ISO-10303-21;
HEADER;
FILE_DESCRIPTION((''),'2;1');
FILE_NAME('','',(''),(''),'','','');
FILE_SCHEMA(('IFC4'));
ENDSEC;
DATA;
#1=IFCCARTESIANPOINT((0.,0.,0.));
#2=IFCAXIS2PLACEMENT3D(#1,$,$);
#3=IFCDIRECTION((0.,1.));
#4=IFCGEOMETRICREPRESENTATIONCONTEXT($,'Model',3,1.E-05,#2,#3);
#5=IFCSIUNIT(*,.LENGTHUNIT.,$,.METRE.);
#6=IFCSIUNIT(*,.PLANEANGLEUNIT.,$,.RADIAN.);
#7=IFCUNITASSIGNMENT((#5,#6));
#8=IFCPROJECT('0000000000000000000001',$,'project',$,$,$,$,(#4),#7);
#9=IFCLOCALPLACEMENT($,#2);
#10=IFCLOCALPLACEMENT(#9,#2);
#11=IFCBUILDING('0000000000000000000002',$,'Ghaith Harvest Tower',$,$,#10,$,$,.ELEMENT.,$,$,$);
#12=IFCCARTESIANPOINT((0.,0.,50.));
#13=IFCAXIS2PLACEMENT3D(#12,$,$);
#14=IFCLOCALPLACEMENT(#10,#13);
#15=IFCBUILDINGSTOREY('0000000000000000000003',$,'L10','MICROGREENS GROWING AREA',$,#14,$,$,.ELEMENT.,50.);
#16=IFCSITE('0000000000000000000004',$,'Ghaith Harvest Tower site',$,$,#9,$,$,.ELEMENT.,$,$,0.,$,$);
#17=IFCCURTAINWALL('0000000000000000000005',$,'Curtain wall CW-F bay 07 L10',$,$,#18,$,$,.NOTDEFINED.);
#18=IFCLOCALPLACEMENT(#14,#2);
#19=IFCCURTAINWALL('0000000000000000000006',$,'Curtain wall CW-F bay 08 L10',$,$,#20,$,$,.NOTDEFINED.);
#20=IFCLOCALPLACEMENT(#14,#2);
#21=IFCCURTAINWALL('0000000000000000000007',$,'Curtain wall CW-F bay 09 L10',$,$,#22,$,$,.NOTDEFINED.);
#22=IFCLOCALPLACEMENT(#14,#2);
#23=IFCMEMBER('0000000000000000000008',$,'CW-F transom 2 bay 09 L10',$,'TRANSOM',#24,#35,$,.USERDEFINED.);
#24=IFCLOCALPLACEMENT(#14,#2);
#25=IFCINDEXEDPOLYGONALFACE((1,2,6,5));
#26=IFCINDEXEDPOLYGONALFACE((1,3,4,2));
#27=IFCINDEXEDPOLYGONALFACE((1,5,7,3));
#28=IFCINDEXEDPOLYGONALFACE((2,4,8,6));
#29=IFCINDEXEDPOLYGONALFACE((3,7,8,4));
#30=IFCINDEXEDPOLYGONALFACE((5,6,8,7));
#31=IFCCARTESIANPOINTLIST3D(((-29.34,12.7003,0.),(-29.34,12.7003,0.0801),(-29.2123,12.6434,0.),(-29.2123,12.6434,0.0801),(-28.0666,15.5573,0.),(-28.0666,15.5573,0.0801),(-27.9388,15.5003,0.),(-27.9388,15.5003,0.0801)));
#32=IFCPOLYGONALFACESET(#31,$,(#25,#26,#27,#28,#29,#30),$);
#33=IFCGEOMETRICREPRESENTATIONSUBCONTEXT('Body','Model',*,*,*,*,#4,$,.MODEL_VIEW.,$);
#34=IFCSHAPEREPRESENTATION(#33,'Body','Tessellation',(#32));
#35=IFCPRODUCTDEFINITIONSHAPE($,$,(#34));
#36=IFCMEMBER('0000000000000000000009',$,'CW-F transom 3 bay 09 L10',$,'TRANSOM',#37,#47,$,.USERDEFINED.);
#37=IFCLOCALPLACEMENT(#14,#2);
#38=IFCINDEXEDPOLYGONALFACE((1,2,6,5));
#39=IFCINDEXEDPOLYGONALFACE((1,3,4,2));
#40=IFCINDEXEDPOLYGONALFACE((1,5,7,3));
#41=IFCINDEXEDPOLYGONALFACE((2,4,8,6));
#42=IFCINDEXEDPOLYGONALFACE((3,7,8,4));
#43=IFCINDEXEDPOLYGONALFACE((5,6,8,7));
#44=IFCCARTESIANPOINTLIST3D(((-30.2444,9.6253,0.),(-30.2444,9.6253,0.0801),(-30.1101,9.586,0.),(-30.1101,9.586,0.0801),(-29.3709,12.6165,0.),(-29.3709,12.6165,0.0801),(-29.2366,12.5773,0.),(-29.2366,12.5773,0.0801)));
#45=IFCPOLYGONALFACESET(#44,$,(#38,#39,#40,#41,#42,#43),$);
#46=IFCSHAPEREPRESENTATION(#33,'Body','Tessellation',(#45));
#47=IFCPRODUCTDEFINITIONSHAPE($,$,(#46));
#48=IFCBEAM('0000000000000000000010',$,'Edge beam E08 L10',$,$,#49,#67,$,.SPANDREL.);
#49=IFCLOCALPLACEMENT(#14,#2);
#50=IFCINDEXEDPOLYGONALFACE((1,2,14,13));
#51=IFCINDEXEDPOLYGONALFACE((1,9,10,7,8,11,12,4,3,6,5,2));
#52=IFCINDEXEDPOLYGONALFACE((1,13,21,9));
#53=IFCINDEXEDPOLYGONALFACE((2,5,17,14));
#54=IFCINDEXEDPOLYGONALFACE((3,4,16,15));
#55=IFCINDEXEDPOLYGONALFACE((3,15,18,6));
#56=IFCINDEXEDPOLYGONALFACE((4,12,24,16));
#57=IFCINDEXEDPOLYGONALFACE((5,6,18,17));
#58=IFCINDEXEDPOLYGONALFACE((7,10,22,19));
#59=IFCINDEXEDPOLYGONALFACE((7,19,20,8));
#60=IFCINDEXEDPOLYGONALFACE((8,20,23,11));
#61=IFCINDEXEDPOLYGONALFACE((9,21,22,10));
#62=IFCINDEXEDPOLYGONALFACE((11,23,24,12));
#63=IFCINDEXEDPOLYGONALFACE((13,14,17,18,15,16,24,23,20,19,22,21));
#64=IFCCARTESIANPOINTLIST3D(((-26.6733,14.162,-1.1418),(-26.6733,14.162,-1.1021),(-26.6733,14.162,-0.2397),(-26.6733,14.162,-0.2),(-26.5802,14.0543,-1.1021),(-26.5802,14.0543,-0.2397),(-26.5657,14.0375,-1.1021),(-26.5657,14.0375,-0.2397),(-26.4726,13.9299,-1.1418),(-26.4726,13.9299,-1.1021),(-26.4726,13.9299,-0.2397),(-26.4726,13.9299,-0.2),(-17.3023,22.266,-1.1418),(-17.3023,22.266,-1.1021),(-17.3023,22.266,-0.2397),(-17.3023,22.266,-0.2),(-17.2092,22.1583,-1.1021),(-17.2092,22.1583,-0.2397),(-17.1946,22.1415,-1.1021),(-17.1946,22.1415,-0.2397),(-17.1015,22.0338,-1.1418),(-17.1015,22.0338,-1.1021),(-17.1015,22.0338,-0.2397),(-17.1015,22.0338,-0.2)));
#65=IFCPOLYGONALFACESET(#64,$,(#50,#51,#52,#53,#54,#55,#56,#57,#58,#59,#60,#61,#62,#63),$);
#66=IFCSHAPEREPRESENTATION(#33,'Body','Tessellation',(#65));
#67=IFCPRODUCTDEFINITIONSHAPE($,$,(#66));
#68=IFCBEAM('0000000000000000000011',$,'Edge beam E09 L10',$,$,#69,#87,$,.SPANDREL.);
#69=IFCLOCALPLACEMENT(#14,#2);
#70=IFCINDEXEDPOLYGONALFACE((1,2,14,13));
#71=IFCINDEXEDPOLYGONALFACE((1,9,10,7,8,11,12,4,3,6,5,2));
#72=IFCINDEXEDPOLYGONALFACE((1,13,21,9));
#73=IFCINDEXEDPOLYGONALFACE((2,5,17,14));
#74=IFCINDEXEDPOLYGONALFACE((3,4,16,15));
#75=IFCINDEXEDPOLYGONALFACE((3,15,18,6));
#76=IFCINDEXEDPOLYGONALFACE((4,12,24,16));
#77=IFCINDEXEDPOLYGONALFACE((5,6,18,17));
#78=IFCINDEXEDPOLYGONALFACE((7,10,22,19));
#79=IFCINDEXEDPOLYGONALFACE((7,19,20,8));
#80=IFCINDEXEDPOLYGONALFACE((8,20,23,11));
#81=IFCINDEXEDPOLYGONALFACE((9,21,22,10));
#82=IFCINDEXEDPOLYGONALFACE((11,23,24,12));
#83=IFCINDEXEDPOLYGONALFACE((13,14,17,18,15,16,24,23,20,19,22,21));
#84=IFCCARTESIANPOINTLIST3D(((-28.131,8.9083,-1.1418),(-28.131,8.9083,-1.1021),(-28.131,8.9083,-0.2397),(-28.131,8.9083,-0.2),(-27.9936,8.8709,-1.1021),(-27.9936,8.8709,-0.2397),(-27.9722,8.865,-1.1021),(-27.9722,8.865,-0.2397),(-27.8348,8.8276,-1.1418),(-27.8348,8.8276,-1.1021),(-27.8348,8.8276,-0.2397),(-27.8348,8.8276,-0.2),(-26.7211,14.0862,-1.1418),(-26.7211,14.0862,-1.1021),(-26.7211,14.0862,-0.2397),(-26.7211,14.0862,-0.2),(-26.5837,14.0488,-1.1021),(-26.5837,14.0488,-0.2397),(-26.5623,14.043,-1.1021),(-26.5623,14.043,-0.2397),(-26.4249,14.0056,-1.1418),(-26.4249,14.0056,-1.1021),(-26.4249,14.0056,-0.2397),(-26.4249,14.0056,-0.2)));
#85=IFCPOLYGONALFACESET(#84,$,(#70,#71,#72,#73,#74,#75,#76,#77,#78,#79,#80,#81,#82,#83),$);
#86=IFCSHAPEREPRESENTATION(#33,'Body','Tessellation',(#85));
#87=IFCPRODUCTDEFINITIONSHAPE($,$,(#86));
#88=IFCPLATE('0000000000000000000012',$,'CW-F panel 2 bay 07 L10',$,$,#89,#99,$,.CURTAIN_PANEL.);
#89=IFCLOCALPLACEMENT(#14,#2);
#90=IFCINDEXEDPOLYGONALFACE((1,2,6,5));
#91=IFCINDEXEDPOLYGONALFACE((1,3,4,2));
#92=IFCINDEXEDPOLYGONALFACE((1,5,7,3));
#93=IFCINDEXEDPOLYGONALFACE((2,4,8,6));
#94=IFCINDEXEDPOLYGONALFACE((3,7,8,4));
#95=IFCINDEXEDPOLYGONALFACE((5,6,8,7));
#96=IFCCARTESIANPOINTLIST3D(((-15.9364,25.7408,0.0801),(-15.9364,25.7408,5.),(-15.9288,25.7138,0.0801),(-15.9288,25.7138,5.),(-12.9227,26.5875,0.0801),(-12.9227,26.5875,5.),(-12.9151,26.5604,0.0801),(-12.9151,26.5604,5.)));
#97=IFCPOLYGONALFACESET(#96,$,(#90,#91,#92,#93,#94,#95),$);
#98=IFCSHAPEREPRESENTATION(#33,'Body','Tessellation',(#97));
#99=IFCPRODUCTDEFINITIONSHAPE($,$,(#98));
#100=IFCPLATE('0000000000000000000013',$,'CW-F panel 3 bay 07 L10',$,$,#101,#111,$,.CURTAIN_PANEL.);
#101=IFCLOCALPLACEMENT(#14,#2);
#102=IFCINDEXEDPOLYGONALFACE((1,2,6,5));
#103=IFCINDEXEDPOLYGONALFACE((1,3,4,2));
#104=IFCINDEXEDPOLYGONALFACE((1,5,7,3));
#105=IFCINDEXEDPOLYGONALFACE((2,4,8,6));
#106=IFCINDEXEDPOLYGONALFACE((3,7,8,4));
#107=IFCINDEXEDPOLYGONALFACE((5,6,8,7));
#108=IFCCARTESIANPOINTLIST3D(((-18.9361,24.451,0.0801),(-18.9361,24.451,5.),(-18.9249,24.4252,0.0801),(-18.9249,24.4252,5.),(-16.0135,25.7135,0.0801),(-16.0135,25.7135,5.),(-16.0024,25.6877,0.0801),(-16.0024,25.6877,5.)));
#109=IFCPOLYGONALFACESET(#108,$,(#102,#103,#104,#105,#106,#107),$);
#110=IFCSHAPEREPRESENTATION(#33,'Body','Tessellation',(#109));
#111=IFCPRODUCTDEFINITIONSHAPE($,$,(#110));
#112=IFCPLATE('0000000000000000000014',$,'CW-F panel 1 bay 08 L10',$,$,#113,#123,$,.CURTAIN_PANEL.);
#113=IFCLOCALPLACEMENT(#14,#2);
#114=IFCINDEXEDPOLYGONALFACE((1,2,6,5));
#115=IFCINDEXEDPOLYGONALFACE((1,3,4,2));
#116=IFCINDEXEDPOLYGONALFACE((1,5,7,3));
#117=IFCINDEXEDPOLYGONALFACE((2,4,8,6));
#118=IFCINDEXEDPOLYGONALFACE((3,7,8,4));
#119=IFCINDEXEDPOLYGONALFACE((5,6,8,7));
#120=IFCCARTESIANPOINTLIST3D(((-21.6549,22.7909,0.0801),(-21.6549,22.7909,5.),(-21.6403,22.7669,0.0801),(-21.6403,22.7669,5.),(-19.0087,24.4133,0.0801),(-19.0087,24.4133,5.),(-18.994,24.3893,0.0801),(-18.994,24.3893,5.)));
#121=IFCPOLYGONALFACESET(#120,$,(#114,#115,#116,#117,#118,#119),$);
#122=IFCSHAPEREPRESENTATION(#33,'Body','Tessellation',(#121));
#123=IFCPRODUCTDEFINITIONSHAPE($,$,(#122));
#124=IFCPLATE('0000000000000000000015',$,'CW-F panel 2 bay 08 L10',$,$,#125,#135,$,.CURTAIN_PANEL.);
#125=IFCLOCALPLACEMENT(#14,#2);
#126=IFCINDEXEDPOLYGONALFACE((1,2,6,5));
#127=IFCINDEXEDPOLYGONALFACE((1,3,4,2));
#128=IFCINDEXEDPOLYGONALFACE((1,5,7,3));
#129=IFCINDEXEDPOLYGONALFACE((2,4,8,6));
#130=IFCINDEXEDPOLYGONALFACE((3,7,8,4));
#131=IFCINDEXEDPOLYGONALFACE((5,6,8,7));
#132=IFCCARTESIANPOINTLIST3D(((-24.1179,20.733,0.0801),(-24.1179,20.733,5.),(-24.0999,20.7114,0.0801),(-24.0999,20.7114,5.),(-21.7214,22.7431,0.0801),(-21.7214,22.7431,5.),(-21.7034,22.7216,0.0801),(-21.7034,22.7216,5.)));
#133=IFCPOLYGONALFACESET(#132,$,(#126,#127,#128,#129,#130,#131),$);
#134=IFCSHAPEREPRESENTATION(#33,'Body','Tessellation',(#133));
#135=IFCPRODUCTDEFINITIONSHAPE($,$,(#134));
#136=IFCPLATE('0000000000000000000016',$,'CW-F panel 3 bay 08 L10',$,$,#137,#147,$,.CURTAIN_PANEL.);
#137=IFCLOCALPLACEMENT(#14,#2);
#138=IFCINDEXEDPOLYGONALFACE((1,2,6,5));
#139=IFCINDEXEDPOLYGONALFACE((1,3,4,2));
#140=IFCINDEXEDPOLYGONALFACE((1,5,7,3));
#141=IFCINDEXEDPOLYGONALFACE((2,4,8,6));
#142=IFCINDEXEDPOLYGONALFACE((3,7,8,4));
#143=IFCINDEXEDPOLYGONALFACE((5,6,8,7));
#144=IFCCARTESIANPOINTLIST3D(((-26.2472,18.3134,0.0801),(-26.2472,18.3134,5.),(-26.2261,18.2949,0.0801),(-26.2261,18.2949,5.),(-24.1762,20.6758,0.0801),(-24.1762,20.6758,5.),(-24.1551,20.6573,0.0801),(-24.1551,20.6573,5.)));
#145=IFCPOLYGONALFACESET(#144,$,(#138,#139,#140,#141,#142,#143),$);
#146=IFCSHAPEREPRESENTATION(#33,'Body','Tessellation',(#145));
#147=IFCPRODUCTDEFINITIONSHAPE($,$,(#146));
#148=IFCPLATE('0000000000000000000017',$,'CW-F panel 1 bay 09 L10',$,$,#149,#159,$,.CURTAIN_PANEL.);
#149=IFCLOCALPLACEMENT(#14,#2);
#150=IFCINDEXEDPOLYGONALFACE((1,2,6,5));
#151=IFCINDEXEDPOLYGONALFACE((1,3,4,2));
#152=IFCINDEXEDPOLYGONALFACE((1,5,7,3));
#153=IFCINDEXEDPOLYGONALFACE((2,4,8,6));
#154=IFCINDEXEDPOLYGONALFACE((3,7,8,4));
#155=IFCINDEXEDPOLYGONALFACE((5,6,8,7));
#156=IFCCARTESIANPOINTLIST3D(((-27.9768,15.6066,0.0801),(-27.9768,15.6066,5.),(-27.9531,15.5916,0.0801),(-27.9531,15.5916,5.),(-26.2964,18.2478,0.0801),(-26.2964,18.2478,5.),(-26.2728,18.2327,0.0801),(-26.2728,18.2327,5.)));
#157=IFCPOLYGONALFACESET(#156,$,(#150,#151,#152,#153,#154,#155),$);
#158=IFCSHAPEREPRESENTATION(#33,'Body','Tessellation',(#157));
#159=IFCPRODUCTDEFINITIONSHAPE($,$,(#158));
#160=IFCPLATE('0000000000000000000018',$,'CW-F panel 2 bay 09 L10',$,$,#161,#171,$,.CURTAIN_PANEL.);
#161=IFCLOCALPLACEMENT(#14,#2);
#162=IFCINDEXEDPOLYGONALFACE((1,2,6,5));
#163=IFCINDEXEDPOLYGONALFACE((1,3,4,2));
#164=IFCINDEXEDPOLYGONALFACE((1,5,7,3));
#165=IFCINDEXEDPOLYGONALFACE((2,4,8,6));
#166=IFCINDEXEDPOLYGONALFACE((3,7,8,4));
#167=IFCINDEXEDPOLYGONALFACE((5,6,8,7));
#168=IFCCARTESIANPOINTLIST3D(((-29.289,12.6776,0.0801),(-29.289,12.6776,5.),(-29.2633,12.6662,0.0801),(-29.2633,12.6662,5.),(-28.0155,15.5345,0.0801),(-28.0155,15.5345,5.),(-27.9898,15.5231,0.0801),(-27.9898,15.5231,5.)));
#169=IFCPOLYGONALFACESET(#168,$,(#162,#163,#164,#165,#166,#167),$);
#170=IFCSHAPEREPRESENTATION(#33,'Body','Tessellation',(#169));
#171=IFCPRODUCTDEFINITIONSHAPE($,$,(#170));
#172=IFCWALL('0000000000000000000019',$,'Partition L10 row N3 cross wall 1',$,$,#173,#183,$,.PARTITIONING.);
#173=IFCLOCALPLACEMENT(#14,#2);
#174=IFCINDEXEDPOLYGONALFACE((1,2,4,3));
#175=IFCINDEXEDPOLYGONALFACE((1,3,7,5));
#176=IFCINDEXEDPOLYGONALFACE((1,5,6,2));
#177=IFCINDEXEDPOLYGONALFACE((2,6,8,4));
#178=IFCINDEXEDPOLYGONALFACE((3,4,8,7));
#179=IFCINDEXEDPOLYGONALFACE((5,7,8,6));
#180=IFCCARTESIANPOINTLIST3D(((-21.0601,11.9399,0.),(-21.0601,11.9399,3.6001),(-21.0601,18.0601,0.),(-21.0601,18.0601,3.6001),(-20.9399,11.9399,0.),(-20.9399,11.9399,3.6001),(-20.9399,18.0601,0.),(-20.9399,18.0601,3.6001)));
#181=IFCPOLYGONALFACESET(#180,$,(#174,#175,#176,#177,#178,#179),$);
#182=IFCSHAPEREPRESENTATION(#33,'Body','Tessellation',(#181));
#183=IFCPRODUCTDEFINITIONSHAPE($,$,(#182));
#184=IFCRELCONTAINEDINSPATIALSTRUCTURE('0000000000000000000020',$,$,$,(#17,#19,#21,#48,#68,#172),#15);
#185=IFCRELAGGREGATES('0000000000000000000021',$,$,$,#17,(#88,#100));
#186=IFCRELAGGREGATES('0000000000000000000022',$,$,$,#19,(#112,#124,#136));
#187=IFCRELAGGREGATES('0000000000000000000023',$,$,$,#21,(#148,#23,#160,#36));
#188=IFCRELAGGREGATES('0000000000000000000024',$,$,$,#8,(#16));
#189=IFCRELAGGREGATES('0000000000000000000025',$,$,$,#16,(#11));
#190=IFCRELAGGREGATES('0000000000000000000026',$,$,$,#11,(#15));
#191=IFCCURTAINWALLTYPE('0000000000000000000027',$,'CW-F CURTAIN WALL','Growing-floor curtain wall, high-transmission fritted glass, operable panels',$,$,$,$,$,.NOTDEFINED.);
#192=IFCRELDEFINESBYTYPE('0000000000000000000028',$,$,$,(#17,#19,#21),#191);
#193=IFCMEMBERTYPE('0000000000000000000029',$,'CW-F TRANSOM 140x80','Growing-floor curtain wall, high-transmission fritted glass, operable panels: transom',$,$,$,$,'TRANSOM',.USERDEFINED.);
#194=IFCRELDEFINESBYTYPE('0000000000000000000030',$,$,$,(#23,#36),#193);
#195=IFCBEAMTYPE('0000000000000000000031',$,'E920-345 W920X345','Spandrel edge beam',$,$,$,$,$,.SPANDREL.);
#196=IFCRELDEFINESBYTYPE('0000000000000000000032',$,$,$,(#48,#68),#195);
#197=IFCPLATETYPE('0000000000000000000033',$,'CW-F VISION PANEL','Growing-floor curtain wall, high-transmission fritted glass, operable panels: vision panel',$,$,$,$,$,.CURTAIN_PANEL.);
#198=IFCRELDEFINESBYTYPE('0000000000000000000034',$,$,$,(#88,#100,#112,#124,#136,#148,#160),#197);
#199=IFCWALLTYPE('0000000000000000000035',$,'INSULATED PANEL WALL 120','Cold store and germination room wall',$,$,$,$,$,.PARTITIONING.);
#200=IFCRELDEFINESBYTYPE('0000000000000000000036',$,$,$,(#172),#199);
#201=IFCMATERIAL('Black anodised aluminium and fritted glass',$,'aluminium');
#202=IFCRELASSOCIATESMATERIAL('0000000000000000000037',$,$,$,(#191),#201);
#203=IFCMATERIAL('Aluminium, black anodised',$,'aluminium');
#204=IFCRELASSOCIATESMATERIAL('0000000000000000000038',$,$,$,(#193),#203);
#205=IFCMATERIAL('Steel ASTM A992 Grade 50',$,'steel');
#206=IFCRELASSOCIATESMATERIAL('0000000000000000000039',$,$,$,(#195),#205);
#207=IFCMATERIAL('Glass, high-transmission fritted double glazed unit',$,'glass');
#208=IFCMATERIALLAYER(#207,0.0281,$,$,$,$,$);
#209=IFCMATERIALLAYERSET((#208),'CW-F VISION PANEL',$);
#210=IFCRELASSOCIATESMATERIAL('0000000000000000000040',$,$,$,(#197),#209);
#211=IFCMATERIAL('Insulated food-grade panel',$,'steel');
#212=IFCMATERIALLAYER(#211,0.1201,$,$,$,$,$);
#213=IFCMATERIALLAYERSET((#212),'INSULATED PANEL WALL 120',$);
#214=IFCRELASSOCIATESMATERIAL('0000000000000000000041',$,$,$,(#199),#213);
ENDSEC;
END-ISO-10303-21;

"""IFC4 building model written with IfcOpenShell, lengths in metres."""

from ifc_helpers import new_model, si_unit, direction, frame, frame_2d, origin, origin_2d, place, context, subcontext, project, spatial, rectangle, i_section, extrude, material, layer, layer_set, material_profile, profile_set, type_object, element, aggregate, save


model = new_model("IFC4")

# Units and contexts
model_context = context("Model", 3, precision=1e-05, world=origin(), true_north=direction((0.0, 1.0)))
body_context = subcontext(model_context, "Body", "Model", "MODEL_VIEW")
ifc_project = project(units=[si_unit("LENGTHUNIT", "METRE"), si_unit("PLANEANGLEUNIT", "RADIAN")], contexts=[model_context])

# Site, building, storey
site_placement = place(None, origin())
site = spatial("IfcSite", under=ifc_project, at=site_placement, Name="Ghaith Harvest Tower site", CompositionType="ELEMENT", RefElevation=0.0)
building_placement = place(site_placement, origin())
building = spatial("IfcBuilding", under=site, at=building_placement, Name="Ghaith Harvest Tower", CompositionType="ELEMENT")
storey_placement = place(building_placement, frame((0.0, 0.0, 50.0)))
storey = spatial("IfcBuildingStorey", under=building, at=storey_placement, Name="L10", Description="MICROGREENS GROWING AREA", CompositionType="ELEMENT", Elevation=50.0)

# Curtain wall
ifc_material_1 = material(Name="Black anodised aluminium and fritted glass", Category="aluminium")
curtain_wall_type = type_object("IfcCurtainWallType", Name="CW-F CURTAIN WALL", Description="Growing-floor curtain wall, high-transmission fritted glass, operable panels", PredefinedType="NOTDEFINED", material=ifc_material_1)
curtain_wall_1_placement = place(storey_placement, origin())
curtain_wall_1 = element("IfcCurtainWall", 1, at=curtain_wall_1_placement, inside=storey, type_object=curtain_wall_type, Name="Curtain wall CW-F bay 07 L10", PredefinedType="NOTDEFINED")

# Curtain walls
curtain_wall_2_placement = place(storey_placement, origin())
curtain_wall_2 = element("IfcCurtainWall", 2, at=curtain_wall_2_placement, inside=storey, type_object=curtain_wall_type, Name="Curtain wall CW-F bay 08 L10", PredefinedType="NOTDEFINED")
curtain_wall_3_placement = place(storey_placement, origin())
curtain_wall_3 = element("IfcCurtainWall", 3, at=curtain_wall_3_placement, inside=storey, type_object=curtain_wall_type, Name="Curtain wall CW-F bay 09 L10", PredefinedType="NOTDEFINED")

# Members
ifc_material_2 = material(Name="Aluminium, black anodised", Category="aluminium")
ifc_material_profile_1 = material_profile(ifc_material_2, rectangle(XDim=0.1399, YDim=0.0801, at=origin_2d()), Name="CW-F TRANSOM 140x80")
ifc_profile_set_1 = profile_set([ifc_material_profile_1], Name="Aluminium, black anodised")
member_type_1 = type_object("IfcMemberType", Name="CW-F TRANSOM 140x80", Description="Growing-floor curtain wall, high-transmission fritted glass, operable panels: transom", ElementType="TRANSOM", PredefinedType="USERDEFINED", material=ifc_profile_set_1)
member_1_placement = place(storey_placement, frame((-28.0027, 15.5288, 0.04), z_axis=(-0.407123, -0.913373, 0.0), x_axis=(0.913373, -0.407123, 0.0)))
member_1 = element("IfcMember", 4, at=member_1_placement, type_object=member_type_1, Name="CW-F transom 2 bay 09 L10", ObjectType="TRANSOM", PredefinedType="USERDEFINED", context=body_context, shape_type="SweptSolid", body=[
    extrude(rectangle(XDim=0.1399, YDim=0.0801, at=origin_2d()), origin(), (0.0, 0.0, 1.0), 3.1279),
])
member_2_placement = place(storey_placement, frame((-29.3037, 12.5969, 0.04), z_axis=(-0.280325, -0.959905, 0.0), x_axis=(0.959905, -0.280325, 0.0)))
member_2 = element("IfcMember", 5, at=member_2_placement, type_object=member_type_1, Name="CW-F transom 3 bay 09 L10", ObjectType="TRANSOM", PredefinedType="USERDEFINED", context=body_context, shape_type="SweptSolid", body=[
    extrude(rectangle(XDim=0.1399, YDim=0.0801, at=origin_2d()), origin(), (0.0, 0.0, 1.0), 3.1162),
])

# Beams
ifc_material_3 = material(Name="Steel ASTM A992 Grade 50", Category="steel")
ifc_material_profile_2 = material_profile(ifc_material_3, i_section(OverallWidth=0.3069, OverallDepth=0.9419, WebThickness=0.0222, FlangeThickness=0.0398, at=origin_2d()), Name="W920X345")
ifc_profile_set_2 = profile_set([ifc_material_profile_2], Name="Steel ASTM A992 Grade 50")
beam_type = type_object("IfcBeamType", Name="E920-345 W920X345", Description="Spandrel edge beam", PredefinedType="SPANDREL", material=ifc_profile_set_2)
beam_1_placement = place(storey_placement, frame((-17.2019, 22.1499, -0.6709), z_axis=(-0.756392, -0.654118, 0.0), x_axis=(0.654118, -0.756392, 0.0)))
element("IfcBeam", 6, at=beam_1_placement, inside=storey, type_object=beam_type, Name="Edge beam E08 L10", PredefinedType="SPANDREL", context=body_context, shape_type="SweptSolid", body=[
    extrude(i_section(OverallWidth=0.3069, OverallDepth=0.9419, WebThickness=0.0222, FlangeThickness=0.0398, at=origin_2d()), origin(), (0.0, 0.0, 1.0), 12.3892),
])
beam_2_placement = place(storey_placement, frame((-26.573, 14.0459, -0.6709), z_axis=(-0.262725, -0.964871, 0.0), x_axis=(0.964871, -0.262725, 0.0)))
element("IfcBeam", 7, at=beam_2_placement, inside=storey, type_object=beam_type, Name="Edge beam E09 L10", PredefinedType="SPANDREL", context=body_context, shape_type="SweptSolid", body=[
    extrude(i_section(OverallWidth=0.3069, OverallDepth=0.9419, WebThickness=0.0222, FlangeThickness=0.0398, at=origin_2d()), origin(), (0.0, 0.0, 1.0), 5.3665),
])

# Plates
ifc_material_4 = material(Name="Glass, high-transmission fritted double glazed unit", Category="glass")
ifc_layer_1 = layer(ifc_material_4, 0.0281)
ifc_layer_set_1 = layer_set([ifc_layer_1], Name="CW-F VISION PANEL")
plate_type = type_object("IfcPlateType", Name="CW-F VISION PANEL", Description="Growing-floor curtain wall, high-transmission fritted glass, operable panels: vision panel", PredefinedType="CURTAIN_PANEL", material=ifc_layer_set_1)
plate_1_placement = place(storey_placement, frame((-14.4258, 26.1506, 0.0801), z_axis=(0.0, 0.0, 1.0), x_axis=(-0.96273, -0.270465, 0.0)))
plate_1 = element("IfcPlate", 8, at=plate_1_placement, type_object=plate_type, Name="CW-F panel 2 bay 07 L10", PredefinedType="CURTAIN_PANEL", context=body_context, shape_type="SweptSolid", body=[
    extrude(rectangle(XDim=3.1304, YDim=0.0281, at=origin_2d()), origin(), (0.0, 0.0, 1.0), 4.9199),
])
plate_2_placement = place(storey_placement, frame((-17.4692, 25.0693, 0.0801), z_axis=(0.0, 0.0, 1.0), x_axis=(-0.918003, -0.396574, 0.0)))
plate_2 = element("IfcPlate", 9, at=plate_2_placement, type_object=plate_type, Name="CW-F panel 3 bay 07 L10", PredefinedType="CURTAIN_PANEL", context=body_context, shape_type="SweptSolid", body=[
    extrude(rectangle(XDim=3.1836, YDim=0.0281, at=origin_2d()), origin(), (0.0, 0.0, 1.0), 4.9199),
])
aggregate(curtain_wall_1, [plate_1, plate_2])
plate_3_placement = place(storey_placement, frame((-20.3245, 23.5901, 0.0801), z_axis=(0.0, 0.0, 1.0), x_axis=(-0.852528, -0.522682, 0.0)))
plate_3 = element("IfcPlate", 10, at=plate_3_placement, type_object=plate_type, Name="CW-F panel 1 bay 08 L10", PredefinedType="CURTAIN_PANEL", context=body_context, shape_type="SweptSolid", body=[
    extrude(rectangle(XDim=3.104, YDim=0.0281, at=origin_2d()), origin(), (0.0, 0.0, 1.0), 4.9199),
])
plate_4_placement = place(storey_placement, frame((-22.9106, 21.7273, 0.0801), z_axis=(0.0, 0.0, 1.0), x_axis=(-0.766155, -0.642656, 0.0)))
plate_4 = element("IfcPlate", 11, at=plate_4_placement, type_object=plate_type, Name="CW-F panel 2 bay 08 L10", PredefinedType="CURTAIN_PANEL", context=body_context, shape_type="SweptSolid", body=[
    extrude(rectangle(XDim=3.1279, YDim=0.0281, at=origin_2d()), origin(), (0.0, 0.0, 1.0), 4.9199),
])
plate_5_placement = place(storey_placement, frame((-25.2012, 19.4854, 0.0801), z_axis=(0.0, 0.0, 1.0), x_axis=(-0.659216, -0.751954, 0.0)))
plate_5 = element("IfcPlate", 12, at=plate_5_placement, type_object=plate_type, Name="CW-F panel 3 bay 08 L10", PredefinedType="CURTAIN_PANEL", context=body_context, shape_type="SweptSolid", body=[
    extrude(rectangle(XDim=3.1416, YDim=0.0281, at=origin_2d()), origin(), (0.0, 0.0, 1.0), 4.9199),
])
aggregate(curtain_wall_2, [plate_3, plate_4, plate_5])
plate_6_placement = place(storey_placement, frame((-27.1248, 16.9197, 0.0801), z_axis=(0.0, 0.0, 1.0), x_axis=(-0.536779, -0.843723, 0.0)))
plate_6 = element("IfcPlate", 13, at=plate_6_placement, type_object=plate_type, Name="CW-F panel 1 bay 09 L10", PredefinedType="CURTAIN_PANEL", context=body_context, shape_type="SweptSolid", body=[
    extrude(rectangle(XDim=3.1304, YDim=0.0281, at=origin_2d()), origin(), (0.0, 0.0, 1.0), 4.9199),
])
plate_7_placement = place(storey_placement, frame((-28.6394, 14.1003, 0.0801), z_axis=(0.0, 0.0, 1.0), x_axis=(-0.407134, -0.913368, 0.0)))
plate_7 = element("IfcPlate", 14, at=plate_7_placement, type_object=plate_type, Name="CW-F panel 2 bay 09 L10", PredefinedType="CURTAIN_PANEL", context=body_context, shape_type="SweptSolid", body=[
    extrude(rectangle(XDim=3.1279, YDim=0.0281, at=origin_2d()), origin(), (0.0, 0.0, 1.0), 4.9199),
])
aggregate(curtain_wall_3, [plate_6, member_1, plate_7, member_2])

# Wall
ifc_material_5 = material(Name="Insulated food-grade panel", Category="steel")
ifc_layer_2 = layer(ifc_material_5, 0.1201)
ifc_layer_set_2 = layer_set([ifc_layer_2], Name="INSULATED PANEL WALL 120")
wall_type_1 = type_object("IfcWallType", Name="INSULATED PANEL WALL 120", Description="Cold store and germination room wall", PredefinedType="PARTITIONING", material=ifc_layer_set_2)
wall_1_placement = place(storey_placement, frame((-21.0, 11.9399, 0.0), z_axis=(0.0, 0.0, 1.0), x_axis=(0.0, 1.0, 0.0)))
element("IfcWall", 15, at=wall_1_placement, inside=storey, type_object=wall_type_1, Name="Partition L10 row N3 cross wall 1", PredefinedType="PARTITIONING", context=body_context, shape_type="SweptSolid", body=[
    extrude(rectangle(XDim=6.1201, YDim=0.1201, at=frame_2d((3.0601, 0.0))), origin(), (0.0, 0.0, 1.0), 3.6001),
])

save(model, "model.ifc")
